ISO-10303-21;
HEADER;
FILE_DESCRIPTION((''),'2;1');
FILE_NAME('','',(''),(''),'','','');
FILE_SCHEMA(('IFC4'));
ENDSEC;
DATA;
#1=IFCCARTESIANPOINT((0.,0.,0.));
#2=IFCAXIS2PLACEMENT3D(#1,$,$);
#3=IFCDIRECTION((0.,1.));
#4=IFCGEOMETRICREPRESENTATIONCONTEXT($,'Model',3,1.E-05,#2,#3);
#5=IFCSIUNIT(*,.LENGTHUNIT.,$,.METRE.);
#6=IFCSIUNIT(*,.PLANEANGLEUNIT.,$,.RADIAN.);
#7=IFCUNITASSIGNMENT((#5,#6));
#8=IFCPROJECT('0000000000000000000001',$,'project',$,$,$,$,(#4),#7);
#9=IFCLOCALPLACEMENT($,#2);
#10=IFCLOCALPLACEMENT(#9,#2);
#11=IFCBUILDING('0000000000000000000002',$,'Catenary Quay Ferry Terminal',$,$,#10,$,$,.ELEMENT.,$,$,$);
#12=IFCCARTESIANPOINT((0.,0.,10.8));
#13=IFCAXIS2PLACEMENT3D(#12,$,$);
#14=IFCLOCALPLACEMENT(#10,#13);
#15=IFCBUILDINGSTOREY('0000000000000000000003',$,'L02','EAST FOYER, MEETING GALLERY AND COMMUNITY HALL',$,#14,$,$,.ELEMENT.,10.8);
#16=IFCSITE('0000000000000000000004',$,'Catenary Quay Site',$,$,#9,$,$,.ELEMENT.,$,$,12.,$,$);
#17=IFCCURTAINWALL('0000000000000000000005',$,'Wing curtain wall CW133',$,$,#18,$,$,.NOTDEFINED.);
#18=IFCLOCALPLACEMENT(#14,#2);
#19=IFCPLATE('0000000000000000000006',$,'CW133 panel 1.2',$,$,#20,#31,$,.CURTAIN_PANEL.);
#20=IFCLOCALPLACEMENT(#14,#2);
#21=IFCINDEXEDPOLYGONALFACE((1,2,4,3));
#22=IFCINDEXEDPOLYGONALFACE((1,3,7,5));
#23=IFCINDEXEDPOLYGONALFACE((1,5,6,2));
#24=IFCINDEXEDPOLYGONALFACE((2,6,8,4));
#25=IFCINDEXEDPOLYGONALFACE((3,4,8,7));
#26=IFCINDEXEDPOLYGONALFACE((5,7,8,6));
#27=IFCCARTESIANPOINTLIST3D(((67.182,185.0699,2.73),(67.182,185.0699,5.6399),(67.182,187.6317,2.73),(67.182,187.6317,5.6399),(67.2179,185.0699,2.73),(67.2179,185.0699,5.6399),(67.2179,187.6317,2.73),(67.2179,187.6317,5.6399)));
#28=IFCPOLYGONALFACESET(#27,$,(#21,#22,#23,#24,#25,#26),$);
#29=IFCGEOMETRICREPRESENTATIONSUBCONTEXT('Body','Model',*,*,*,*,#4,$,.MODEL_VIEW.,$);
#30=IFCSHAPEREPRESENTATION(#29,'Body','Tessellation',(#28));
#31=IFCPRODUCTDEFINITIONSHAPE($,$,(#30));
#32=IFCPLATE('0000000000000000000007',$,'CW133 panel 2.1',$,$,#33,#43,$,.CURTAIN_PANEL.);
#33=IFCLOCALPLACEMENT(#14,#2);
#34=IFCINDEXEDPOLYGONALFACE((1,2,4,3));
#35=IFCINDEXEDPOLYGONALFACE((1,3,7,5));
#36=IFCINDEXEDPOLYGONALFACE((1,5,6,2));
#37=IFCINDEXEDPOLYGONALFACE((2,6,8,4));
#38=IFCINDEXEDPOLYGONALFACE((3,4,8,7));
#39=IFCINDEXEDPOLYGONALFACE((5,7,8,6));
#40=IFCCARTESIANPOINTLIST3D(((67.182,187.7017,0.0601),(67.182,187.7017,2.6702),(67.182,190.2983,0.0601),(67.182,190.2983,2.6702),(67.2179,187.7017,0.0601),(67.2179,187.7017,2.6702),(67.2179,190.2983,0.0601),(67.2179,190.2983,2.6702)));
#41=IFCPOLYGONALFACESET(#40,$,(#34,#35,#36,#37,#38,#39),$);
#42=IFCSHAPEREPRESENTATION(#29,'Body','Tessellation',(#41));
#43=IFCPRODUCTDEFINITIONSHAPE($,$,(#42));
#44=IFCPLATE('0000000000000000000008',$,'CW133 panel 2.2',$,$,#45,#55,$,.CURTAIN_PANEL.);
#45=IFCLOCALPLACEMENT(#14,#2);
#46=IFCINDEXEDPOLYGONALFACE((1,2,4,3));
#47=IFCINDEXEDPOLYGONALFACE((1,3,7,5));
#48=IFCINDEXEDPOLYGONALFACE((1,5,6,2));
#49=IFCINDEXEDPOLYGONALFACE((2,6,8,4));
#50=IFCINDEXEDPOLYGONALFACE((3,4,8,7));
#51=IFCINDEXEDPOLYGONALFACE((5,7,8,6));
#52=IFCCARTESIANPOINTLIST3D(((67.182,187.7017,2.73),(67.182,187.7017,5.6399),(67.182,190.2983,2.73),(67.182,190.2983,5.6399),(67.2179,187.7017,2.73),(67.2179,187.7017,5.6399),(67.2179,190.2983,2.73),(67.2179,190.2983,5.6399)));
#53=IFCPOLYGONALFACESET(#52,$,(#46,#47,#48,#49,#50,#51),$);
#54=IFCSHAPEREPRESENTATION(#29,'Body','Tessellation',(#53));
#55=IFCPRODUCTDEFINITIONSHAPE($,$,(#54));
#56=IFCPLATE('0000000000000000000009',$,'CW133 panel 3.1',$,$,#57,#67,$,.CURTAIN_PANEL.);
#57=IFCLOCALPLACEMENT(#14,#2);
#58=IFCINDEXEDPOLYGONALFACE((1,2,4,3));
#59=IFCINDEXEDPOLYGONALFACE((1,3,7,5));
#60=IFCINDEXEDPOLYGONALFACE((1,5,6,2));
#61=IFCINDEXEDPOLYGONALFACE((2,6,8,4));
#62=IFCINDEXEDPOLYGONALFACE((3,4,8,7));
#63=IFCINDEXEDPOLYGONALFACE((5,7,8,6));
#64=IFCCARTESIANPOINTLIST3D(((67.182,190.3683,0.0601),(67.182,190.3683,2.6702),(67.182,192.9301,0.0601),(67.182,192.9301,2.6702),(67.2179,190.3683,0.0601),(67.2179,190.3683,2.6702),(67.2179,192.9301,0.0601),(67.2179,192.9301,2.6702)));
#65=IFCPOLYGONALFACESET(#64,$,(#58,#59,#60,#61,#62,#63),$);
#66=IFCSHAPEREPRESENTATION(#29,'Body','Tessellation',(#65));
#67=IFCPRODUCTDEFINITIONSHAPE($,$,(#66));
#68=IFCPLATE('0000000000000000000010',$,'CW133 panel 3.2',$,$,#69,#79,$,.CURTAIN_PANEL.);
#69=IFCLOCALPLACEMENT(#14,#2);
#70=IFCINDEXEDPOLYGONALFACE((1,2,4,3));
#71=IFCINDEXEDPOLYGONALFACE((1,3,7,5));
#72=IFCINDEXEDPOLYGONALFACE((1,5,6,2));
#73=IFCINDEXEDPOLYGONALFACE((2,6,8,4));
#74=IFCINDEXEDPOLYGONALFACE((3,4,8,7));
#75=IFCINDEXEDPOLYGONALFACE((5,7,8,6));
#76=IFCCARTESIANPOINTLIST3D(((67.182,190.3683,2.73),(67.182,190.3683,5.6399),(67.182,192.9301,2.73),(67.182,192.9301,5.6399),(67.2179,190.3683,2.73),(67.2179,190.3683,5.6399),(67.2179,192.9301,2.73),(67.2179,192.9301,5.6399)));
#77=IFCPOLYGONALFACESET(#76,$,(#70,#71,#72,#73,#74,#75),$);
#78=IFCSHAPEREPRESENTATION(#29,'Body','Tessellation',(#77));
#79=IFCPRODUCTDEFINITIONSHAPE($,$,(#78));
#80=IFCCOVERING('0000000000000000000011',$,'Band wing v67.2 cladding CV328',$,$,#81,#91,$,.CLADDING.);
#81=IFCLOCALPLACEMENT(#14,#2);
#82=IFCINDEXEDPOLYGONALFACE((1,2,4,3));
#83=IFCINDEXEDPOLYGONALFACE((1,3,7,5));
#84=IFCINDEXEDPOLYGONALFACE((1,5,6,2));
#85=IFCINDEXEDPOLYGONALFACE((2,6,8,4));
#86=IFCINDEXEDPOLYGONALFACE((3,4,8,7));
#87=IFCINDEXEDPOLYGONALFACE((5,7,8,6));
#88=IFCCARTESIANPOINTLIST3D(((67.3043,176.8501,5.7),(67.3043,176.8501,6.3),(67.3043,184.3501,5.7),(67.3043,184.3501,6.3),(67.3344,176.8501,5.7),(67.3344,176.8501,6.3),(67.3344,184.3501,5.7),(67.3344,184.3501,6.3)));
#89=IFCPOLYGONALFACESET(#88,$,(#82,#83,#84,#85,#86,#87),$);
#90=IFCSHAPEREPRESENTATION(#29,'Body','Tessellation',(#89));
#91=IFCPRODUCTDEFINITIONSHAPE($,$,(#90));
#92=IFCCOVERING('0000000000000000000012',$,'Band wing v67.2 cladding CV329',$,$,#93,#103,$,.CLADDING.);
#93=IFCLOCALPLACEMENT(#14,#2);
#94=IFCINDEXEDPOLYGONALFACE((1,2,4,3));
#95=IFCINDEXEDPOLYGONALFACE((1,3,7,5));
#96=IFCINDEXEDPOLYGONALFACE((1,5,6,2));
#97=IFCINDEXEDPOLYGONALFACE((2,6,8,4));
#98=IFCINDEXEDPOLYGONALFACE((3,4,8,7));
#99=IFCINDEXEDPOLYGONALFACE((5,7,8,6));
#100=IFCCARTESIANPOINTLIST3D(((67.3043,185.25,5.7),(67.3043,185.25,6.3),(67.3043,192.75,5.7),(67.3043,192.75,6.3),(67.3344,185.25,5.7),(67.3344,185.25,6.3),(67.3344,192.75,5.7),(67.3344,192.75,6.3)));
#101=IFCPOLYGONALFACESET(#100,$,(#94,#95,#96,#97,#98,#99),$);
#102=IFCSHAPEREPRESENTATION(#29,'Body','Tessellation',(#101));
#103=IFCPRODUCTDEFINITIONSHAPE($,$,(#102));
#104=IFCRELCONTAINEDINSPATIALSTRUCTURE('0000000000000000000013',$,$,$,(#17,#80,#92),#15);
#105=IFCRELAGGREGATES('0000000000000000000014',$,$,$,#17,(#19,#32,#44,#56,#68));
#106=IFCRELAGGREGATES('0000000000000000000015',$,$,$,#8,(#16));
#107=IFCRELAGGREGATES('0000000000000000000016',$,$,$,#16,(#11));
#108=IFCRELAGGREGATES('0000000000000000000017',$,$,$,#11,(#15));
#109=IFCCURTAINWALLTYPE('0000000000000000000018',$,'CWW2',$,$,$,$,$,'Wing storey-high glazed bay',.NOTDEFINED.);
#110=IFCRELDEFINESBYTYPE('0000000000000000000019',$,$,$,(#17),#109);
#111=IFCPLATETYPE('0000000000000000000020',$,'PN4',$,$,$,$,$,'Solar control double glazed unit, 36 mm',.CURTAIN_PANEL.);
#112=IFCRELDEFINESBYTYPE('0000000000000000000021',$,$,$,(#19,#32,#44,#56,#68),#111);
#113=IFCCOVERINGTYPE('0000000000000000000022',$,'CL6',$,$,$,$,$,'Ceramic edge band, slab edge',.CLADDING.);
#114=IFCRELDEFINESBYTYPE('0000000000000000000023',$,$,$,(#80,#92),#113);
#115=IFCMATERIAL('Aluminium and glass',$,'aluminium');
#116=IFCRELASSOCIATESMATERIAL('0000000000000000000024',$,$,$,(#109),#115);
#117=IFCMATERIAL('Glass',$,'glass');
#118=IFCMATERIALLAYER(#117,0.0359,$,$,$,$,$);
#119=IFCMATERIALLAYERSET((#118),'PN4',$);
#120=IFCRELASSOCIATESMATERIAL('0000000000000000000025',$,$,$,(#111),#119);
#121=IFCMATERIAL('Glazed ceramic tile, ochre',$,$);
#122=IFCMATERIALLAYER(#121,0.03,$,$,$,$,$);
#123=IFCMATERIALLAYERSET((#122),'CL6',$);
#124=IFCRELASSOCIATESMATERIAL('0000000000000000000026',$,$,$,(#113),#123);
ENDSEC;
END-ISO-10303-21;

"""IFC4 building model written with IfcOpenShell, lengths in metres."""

from ifc_helpers import new_model, si_unit, direction, frame, origin, origin_2d, place, context, subcontext, project, spatial, rectangle, extrude, material, layer, layer_set, type_object, element, aggregate, save


model = new_model("IFC4")

# Units and contexts
model_context = context("Model", 3, precision=1e-05, world=origin(), true_north=direction((0.0, 1.0)))
body_context = subcontext(model_context, "Body", "Model", "MODEL_VIEW")
ifc_project = project(units=[si_unit("LENGTHUNIT", "METRE"), si_unit("PLANEANGLEUNIT", "RADIAN")], contexts=[model_context])

# Site, building, storey
site_placement = place(None, origin())
site = spatial("IfcSite", under=ifc_project, at=site_placement, Name="Catenary Quay Site", CompositionType="ELEMENT", RefElevation=12.0)
building_placement = place(site_placement, origin())
building = spatial("IfcBuilding", under=site, at=building_placement, Name="Catenary Quay Ferry Terminal", CompositionType="ELEMENT")
storey_placement = place(building_placement, frame((0.0, 0.0, 10.8)))
storey = spatial("IfcBuildingStorey", under=building, at=storey_placement, Name="L02", Description="EAST FOYER, MEETING GALLERY AND COMMUNITY HALL", CompositionType="ELEMENT", Elevation=10.8)

# Curtain wall
ifc_material_1 = material(Name="Aluminium and glass", Category="aluminium")
curtain_wall_type = type_object("IfcCurtainWallType", Name="CWW2", ElementType="Wing storey-high glazed bay", PredefinedType="NOTDEFINED", material=ifc_material_1)
curtain_wall_1_placement = place(storey_placement, origin())
curtain_wall_1 = element("IfcCurtainWall", 1, at=curtain_wall_1_placement, inside=storey, type_object=curtain_wall_type, Name="Wing curtain wall CW133", PredefinedType="NOTDEFINED")

# Plates
ifc_material_2 = material(Name="Glass", Category="glass")
ifc_layer_1 = layer(ifc_material_2, 0.0359)
ifc_layer_set_1 = layer_set([ifc_layer_1], Name="PN4")
plate_type = type_object("IfcPlateType", Name="PN4", ElementType="Solar control double glazed unit, 36 mm", PredefinedType="CURTAIN_PANEL", material=ifc_layer_set_1)
plate_1_placement = place(storey_placement, frame((67.2, 186.3508, 2.73), z_axis=(0.0, 0.0, 1.0), x_axis=(0.0, 1.0, 0.0)))
plate_1 = element("IfcPlate", 2, at=plate_1_placement, type_object=plate_type, Name="CW133 panel 1.2", PredefinedType="CURTAIN_PANEL", context=body_context, shape_type="SweptSolid", body=[
    extrude(rectangle(XDim=2.5618, YDim=0.0359, at=origin_2d()), origin(), (0.0, 0.0, 1.0), 2.9099),
])
plate_2_placement = place(storey_placement, frame((67.2, 189.0, 0.0601), z_axis=(0.0, 0.0, 1.0), x_axis=(0.0, 1.0, 0.0)))
plate_2 = element("IfcPlate", 3, at=plate_2_placement, type_object=plate_type, Name="CW133 panel 2.1", PredefinedType="CURTAIN_PANEL", context=body_context, shape_type="SweptSolid", body=[
    extrude(rectangle(XDim=2.5967, YDim=0.0359, at=origin_2d()), origin(), (0.0, 0.0, 1.0), 2.6101),
])
plate_3_placement = place(storey_placement, frame((67.2, 189.0, 2.73), z_axis=(0.0, 0.0, 1.0), x_axis=(0.0, 1.0, 0.0)))
plate_3 = element("IfcPlate", 4, at=plate_3_placement, type_object=plate_type, Name="CW133 panel 2.2", PredefinedType="CURTAIN_PANEL", context=body_context, shape_type="SweptSolid", body=[
    extrude(rectangle(XDim=2.5967, YDim=0.0359, at=origin_2d()), origin(), (0.0, 0.0, 1.0), 2.9099),
])
plate_4_placement = place(storey_placement, frame((67.2, 191.6492, 0.0601), z_axis=(0.0, 0.0, 1.0), x_axis=(0.0, 1.0, 0.0)))
plate_4 = element("IfcPlate", 5, at=plate_4_placement, type_object=plate_type, Name="CW133 panel 3.1", PredefinedType="CURTAIN_PANEL", context=body_context, shape_type="SweptSolid", body=[
    extrude(rectangle(XDim=2.5618, YDim=0.0359, at=origin_2d()), origin(), (0.0, 0.0, 1.0), 2.6101),
])
plate_5_placement = place(storey_placement, frame((67.2, 191.6492, 2.73), z_axis=(0.0, 0.0, 1.0), x_axis=(0.0, 1.0, 0.0)))
plate_5 = element("IfcPlate", 6, at=plate_5_placement, type_object=plate_type, Name="CW133 panel 3.2", PredefinedType="CURTAIN_PANEL", context=body_context, shape_type="SweptSolid", body=[
    extrude(rectangle(XDim=2.5618, YDim=0.0359, at=origin_2d()), origin(), (0.0, 0.0, 1.0), 2.9099),
])
aggregate(curtain_wall_1, [plate_1, plate_2, plate_3, plate_4, plate_5])

# Coverings
ifc_material_3 = material(Name="Glazed ceramic tile, ochre")
ifc_layer_2 = layer(ifc_material_3, 0.03)
ifc_layer_set_2 = layer_set([ifc_layer_2], Name="CL6")
covering_type = type_object("IfcCoveringType", Name="CL6", ElementType="Ceramic edge band, slab edge", PredefinedType="CLADDING", material=ifc_layer_set_2)
for number, where, z_axis, x_axis, name in (
    (7, (67.3193, 180.6001, 5.7), (0.0, 0.0, 1.0), (1.0, 0.0, 0.0), "Band wing v67.2 cladding CV328"),
    (8, (67.3193, 189.0, 5.7), (0.0, 0.0, 1.0), (1.0, 0.0, 0.0), "Band wing v67.2 cladding CV329"),
):
    element("IfcCovering", number, at=place(storey_placement, frame(where, z_axis=z_axis, x_axis=x_axis)), inside=storey, type_object=covering_type, Name=name, PredefinedType="CLADDING", context=body_context, shape_type="SweptSolid", body=[
        extrude(rectangle(XDim=0.03, YDim=7.5, at=origin_2d()), origin(), (0.0, 0.0, 1.0), 0.6001),
    ])

save(model, "model.ifc")
